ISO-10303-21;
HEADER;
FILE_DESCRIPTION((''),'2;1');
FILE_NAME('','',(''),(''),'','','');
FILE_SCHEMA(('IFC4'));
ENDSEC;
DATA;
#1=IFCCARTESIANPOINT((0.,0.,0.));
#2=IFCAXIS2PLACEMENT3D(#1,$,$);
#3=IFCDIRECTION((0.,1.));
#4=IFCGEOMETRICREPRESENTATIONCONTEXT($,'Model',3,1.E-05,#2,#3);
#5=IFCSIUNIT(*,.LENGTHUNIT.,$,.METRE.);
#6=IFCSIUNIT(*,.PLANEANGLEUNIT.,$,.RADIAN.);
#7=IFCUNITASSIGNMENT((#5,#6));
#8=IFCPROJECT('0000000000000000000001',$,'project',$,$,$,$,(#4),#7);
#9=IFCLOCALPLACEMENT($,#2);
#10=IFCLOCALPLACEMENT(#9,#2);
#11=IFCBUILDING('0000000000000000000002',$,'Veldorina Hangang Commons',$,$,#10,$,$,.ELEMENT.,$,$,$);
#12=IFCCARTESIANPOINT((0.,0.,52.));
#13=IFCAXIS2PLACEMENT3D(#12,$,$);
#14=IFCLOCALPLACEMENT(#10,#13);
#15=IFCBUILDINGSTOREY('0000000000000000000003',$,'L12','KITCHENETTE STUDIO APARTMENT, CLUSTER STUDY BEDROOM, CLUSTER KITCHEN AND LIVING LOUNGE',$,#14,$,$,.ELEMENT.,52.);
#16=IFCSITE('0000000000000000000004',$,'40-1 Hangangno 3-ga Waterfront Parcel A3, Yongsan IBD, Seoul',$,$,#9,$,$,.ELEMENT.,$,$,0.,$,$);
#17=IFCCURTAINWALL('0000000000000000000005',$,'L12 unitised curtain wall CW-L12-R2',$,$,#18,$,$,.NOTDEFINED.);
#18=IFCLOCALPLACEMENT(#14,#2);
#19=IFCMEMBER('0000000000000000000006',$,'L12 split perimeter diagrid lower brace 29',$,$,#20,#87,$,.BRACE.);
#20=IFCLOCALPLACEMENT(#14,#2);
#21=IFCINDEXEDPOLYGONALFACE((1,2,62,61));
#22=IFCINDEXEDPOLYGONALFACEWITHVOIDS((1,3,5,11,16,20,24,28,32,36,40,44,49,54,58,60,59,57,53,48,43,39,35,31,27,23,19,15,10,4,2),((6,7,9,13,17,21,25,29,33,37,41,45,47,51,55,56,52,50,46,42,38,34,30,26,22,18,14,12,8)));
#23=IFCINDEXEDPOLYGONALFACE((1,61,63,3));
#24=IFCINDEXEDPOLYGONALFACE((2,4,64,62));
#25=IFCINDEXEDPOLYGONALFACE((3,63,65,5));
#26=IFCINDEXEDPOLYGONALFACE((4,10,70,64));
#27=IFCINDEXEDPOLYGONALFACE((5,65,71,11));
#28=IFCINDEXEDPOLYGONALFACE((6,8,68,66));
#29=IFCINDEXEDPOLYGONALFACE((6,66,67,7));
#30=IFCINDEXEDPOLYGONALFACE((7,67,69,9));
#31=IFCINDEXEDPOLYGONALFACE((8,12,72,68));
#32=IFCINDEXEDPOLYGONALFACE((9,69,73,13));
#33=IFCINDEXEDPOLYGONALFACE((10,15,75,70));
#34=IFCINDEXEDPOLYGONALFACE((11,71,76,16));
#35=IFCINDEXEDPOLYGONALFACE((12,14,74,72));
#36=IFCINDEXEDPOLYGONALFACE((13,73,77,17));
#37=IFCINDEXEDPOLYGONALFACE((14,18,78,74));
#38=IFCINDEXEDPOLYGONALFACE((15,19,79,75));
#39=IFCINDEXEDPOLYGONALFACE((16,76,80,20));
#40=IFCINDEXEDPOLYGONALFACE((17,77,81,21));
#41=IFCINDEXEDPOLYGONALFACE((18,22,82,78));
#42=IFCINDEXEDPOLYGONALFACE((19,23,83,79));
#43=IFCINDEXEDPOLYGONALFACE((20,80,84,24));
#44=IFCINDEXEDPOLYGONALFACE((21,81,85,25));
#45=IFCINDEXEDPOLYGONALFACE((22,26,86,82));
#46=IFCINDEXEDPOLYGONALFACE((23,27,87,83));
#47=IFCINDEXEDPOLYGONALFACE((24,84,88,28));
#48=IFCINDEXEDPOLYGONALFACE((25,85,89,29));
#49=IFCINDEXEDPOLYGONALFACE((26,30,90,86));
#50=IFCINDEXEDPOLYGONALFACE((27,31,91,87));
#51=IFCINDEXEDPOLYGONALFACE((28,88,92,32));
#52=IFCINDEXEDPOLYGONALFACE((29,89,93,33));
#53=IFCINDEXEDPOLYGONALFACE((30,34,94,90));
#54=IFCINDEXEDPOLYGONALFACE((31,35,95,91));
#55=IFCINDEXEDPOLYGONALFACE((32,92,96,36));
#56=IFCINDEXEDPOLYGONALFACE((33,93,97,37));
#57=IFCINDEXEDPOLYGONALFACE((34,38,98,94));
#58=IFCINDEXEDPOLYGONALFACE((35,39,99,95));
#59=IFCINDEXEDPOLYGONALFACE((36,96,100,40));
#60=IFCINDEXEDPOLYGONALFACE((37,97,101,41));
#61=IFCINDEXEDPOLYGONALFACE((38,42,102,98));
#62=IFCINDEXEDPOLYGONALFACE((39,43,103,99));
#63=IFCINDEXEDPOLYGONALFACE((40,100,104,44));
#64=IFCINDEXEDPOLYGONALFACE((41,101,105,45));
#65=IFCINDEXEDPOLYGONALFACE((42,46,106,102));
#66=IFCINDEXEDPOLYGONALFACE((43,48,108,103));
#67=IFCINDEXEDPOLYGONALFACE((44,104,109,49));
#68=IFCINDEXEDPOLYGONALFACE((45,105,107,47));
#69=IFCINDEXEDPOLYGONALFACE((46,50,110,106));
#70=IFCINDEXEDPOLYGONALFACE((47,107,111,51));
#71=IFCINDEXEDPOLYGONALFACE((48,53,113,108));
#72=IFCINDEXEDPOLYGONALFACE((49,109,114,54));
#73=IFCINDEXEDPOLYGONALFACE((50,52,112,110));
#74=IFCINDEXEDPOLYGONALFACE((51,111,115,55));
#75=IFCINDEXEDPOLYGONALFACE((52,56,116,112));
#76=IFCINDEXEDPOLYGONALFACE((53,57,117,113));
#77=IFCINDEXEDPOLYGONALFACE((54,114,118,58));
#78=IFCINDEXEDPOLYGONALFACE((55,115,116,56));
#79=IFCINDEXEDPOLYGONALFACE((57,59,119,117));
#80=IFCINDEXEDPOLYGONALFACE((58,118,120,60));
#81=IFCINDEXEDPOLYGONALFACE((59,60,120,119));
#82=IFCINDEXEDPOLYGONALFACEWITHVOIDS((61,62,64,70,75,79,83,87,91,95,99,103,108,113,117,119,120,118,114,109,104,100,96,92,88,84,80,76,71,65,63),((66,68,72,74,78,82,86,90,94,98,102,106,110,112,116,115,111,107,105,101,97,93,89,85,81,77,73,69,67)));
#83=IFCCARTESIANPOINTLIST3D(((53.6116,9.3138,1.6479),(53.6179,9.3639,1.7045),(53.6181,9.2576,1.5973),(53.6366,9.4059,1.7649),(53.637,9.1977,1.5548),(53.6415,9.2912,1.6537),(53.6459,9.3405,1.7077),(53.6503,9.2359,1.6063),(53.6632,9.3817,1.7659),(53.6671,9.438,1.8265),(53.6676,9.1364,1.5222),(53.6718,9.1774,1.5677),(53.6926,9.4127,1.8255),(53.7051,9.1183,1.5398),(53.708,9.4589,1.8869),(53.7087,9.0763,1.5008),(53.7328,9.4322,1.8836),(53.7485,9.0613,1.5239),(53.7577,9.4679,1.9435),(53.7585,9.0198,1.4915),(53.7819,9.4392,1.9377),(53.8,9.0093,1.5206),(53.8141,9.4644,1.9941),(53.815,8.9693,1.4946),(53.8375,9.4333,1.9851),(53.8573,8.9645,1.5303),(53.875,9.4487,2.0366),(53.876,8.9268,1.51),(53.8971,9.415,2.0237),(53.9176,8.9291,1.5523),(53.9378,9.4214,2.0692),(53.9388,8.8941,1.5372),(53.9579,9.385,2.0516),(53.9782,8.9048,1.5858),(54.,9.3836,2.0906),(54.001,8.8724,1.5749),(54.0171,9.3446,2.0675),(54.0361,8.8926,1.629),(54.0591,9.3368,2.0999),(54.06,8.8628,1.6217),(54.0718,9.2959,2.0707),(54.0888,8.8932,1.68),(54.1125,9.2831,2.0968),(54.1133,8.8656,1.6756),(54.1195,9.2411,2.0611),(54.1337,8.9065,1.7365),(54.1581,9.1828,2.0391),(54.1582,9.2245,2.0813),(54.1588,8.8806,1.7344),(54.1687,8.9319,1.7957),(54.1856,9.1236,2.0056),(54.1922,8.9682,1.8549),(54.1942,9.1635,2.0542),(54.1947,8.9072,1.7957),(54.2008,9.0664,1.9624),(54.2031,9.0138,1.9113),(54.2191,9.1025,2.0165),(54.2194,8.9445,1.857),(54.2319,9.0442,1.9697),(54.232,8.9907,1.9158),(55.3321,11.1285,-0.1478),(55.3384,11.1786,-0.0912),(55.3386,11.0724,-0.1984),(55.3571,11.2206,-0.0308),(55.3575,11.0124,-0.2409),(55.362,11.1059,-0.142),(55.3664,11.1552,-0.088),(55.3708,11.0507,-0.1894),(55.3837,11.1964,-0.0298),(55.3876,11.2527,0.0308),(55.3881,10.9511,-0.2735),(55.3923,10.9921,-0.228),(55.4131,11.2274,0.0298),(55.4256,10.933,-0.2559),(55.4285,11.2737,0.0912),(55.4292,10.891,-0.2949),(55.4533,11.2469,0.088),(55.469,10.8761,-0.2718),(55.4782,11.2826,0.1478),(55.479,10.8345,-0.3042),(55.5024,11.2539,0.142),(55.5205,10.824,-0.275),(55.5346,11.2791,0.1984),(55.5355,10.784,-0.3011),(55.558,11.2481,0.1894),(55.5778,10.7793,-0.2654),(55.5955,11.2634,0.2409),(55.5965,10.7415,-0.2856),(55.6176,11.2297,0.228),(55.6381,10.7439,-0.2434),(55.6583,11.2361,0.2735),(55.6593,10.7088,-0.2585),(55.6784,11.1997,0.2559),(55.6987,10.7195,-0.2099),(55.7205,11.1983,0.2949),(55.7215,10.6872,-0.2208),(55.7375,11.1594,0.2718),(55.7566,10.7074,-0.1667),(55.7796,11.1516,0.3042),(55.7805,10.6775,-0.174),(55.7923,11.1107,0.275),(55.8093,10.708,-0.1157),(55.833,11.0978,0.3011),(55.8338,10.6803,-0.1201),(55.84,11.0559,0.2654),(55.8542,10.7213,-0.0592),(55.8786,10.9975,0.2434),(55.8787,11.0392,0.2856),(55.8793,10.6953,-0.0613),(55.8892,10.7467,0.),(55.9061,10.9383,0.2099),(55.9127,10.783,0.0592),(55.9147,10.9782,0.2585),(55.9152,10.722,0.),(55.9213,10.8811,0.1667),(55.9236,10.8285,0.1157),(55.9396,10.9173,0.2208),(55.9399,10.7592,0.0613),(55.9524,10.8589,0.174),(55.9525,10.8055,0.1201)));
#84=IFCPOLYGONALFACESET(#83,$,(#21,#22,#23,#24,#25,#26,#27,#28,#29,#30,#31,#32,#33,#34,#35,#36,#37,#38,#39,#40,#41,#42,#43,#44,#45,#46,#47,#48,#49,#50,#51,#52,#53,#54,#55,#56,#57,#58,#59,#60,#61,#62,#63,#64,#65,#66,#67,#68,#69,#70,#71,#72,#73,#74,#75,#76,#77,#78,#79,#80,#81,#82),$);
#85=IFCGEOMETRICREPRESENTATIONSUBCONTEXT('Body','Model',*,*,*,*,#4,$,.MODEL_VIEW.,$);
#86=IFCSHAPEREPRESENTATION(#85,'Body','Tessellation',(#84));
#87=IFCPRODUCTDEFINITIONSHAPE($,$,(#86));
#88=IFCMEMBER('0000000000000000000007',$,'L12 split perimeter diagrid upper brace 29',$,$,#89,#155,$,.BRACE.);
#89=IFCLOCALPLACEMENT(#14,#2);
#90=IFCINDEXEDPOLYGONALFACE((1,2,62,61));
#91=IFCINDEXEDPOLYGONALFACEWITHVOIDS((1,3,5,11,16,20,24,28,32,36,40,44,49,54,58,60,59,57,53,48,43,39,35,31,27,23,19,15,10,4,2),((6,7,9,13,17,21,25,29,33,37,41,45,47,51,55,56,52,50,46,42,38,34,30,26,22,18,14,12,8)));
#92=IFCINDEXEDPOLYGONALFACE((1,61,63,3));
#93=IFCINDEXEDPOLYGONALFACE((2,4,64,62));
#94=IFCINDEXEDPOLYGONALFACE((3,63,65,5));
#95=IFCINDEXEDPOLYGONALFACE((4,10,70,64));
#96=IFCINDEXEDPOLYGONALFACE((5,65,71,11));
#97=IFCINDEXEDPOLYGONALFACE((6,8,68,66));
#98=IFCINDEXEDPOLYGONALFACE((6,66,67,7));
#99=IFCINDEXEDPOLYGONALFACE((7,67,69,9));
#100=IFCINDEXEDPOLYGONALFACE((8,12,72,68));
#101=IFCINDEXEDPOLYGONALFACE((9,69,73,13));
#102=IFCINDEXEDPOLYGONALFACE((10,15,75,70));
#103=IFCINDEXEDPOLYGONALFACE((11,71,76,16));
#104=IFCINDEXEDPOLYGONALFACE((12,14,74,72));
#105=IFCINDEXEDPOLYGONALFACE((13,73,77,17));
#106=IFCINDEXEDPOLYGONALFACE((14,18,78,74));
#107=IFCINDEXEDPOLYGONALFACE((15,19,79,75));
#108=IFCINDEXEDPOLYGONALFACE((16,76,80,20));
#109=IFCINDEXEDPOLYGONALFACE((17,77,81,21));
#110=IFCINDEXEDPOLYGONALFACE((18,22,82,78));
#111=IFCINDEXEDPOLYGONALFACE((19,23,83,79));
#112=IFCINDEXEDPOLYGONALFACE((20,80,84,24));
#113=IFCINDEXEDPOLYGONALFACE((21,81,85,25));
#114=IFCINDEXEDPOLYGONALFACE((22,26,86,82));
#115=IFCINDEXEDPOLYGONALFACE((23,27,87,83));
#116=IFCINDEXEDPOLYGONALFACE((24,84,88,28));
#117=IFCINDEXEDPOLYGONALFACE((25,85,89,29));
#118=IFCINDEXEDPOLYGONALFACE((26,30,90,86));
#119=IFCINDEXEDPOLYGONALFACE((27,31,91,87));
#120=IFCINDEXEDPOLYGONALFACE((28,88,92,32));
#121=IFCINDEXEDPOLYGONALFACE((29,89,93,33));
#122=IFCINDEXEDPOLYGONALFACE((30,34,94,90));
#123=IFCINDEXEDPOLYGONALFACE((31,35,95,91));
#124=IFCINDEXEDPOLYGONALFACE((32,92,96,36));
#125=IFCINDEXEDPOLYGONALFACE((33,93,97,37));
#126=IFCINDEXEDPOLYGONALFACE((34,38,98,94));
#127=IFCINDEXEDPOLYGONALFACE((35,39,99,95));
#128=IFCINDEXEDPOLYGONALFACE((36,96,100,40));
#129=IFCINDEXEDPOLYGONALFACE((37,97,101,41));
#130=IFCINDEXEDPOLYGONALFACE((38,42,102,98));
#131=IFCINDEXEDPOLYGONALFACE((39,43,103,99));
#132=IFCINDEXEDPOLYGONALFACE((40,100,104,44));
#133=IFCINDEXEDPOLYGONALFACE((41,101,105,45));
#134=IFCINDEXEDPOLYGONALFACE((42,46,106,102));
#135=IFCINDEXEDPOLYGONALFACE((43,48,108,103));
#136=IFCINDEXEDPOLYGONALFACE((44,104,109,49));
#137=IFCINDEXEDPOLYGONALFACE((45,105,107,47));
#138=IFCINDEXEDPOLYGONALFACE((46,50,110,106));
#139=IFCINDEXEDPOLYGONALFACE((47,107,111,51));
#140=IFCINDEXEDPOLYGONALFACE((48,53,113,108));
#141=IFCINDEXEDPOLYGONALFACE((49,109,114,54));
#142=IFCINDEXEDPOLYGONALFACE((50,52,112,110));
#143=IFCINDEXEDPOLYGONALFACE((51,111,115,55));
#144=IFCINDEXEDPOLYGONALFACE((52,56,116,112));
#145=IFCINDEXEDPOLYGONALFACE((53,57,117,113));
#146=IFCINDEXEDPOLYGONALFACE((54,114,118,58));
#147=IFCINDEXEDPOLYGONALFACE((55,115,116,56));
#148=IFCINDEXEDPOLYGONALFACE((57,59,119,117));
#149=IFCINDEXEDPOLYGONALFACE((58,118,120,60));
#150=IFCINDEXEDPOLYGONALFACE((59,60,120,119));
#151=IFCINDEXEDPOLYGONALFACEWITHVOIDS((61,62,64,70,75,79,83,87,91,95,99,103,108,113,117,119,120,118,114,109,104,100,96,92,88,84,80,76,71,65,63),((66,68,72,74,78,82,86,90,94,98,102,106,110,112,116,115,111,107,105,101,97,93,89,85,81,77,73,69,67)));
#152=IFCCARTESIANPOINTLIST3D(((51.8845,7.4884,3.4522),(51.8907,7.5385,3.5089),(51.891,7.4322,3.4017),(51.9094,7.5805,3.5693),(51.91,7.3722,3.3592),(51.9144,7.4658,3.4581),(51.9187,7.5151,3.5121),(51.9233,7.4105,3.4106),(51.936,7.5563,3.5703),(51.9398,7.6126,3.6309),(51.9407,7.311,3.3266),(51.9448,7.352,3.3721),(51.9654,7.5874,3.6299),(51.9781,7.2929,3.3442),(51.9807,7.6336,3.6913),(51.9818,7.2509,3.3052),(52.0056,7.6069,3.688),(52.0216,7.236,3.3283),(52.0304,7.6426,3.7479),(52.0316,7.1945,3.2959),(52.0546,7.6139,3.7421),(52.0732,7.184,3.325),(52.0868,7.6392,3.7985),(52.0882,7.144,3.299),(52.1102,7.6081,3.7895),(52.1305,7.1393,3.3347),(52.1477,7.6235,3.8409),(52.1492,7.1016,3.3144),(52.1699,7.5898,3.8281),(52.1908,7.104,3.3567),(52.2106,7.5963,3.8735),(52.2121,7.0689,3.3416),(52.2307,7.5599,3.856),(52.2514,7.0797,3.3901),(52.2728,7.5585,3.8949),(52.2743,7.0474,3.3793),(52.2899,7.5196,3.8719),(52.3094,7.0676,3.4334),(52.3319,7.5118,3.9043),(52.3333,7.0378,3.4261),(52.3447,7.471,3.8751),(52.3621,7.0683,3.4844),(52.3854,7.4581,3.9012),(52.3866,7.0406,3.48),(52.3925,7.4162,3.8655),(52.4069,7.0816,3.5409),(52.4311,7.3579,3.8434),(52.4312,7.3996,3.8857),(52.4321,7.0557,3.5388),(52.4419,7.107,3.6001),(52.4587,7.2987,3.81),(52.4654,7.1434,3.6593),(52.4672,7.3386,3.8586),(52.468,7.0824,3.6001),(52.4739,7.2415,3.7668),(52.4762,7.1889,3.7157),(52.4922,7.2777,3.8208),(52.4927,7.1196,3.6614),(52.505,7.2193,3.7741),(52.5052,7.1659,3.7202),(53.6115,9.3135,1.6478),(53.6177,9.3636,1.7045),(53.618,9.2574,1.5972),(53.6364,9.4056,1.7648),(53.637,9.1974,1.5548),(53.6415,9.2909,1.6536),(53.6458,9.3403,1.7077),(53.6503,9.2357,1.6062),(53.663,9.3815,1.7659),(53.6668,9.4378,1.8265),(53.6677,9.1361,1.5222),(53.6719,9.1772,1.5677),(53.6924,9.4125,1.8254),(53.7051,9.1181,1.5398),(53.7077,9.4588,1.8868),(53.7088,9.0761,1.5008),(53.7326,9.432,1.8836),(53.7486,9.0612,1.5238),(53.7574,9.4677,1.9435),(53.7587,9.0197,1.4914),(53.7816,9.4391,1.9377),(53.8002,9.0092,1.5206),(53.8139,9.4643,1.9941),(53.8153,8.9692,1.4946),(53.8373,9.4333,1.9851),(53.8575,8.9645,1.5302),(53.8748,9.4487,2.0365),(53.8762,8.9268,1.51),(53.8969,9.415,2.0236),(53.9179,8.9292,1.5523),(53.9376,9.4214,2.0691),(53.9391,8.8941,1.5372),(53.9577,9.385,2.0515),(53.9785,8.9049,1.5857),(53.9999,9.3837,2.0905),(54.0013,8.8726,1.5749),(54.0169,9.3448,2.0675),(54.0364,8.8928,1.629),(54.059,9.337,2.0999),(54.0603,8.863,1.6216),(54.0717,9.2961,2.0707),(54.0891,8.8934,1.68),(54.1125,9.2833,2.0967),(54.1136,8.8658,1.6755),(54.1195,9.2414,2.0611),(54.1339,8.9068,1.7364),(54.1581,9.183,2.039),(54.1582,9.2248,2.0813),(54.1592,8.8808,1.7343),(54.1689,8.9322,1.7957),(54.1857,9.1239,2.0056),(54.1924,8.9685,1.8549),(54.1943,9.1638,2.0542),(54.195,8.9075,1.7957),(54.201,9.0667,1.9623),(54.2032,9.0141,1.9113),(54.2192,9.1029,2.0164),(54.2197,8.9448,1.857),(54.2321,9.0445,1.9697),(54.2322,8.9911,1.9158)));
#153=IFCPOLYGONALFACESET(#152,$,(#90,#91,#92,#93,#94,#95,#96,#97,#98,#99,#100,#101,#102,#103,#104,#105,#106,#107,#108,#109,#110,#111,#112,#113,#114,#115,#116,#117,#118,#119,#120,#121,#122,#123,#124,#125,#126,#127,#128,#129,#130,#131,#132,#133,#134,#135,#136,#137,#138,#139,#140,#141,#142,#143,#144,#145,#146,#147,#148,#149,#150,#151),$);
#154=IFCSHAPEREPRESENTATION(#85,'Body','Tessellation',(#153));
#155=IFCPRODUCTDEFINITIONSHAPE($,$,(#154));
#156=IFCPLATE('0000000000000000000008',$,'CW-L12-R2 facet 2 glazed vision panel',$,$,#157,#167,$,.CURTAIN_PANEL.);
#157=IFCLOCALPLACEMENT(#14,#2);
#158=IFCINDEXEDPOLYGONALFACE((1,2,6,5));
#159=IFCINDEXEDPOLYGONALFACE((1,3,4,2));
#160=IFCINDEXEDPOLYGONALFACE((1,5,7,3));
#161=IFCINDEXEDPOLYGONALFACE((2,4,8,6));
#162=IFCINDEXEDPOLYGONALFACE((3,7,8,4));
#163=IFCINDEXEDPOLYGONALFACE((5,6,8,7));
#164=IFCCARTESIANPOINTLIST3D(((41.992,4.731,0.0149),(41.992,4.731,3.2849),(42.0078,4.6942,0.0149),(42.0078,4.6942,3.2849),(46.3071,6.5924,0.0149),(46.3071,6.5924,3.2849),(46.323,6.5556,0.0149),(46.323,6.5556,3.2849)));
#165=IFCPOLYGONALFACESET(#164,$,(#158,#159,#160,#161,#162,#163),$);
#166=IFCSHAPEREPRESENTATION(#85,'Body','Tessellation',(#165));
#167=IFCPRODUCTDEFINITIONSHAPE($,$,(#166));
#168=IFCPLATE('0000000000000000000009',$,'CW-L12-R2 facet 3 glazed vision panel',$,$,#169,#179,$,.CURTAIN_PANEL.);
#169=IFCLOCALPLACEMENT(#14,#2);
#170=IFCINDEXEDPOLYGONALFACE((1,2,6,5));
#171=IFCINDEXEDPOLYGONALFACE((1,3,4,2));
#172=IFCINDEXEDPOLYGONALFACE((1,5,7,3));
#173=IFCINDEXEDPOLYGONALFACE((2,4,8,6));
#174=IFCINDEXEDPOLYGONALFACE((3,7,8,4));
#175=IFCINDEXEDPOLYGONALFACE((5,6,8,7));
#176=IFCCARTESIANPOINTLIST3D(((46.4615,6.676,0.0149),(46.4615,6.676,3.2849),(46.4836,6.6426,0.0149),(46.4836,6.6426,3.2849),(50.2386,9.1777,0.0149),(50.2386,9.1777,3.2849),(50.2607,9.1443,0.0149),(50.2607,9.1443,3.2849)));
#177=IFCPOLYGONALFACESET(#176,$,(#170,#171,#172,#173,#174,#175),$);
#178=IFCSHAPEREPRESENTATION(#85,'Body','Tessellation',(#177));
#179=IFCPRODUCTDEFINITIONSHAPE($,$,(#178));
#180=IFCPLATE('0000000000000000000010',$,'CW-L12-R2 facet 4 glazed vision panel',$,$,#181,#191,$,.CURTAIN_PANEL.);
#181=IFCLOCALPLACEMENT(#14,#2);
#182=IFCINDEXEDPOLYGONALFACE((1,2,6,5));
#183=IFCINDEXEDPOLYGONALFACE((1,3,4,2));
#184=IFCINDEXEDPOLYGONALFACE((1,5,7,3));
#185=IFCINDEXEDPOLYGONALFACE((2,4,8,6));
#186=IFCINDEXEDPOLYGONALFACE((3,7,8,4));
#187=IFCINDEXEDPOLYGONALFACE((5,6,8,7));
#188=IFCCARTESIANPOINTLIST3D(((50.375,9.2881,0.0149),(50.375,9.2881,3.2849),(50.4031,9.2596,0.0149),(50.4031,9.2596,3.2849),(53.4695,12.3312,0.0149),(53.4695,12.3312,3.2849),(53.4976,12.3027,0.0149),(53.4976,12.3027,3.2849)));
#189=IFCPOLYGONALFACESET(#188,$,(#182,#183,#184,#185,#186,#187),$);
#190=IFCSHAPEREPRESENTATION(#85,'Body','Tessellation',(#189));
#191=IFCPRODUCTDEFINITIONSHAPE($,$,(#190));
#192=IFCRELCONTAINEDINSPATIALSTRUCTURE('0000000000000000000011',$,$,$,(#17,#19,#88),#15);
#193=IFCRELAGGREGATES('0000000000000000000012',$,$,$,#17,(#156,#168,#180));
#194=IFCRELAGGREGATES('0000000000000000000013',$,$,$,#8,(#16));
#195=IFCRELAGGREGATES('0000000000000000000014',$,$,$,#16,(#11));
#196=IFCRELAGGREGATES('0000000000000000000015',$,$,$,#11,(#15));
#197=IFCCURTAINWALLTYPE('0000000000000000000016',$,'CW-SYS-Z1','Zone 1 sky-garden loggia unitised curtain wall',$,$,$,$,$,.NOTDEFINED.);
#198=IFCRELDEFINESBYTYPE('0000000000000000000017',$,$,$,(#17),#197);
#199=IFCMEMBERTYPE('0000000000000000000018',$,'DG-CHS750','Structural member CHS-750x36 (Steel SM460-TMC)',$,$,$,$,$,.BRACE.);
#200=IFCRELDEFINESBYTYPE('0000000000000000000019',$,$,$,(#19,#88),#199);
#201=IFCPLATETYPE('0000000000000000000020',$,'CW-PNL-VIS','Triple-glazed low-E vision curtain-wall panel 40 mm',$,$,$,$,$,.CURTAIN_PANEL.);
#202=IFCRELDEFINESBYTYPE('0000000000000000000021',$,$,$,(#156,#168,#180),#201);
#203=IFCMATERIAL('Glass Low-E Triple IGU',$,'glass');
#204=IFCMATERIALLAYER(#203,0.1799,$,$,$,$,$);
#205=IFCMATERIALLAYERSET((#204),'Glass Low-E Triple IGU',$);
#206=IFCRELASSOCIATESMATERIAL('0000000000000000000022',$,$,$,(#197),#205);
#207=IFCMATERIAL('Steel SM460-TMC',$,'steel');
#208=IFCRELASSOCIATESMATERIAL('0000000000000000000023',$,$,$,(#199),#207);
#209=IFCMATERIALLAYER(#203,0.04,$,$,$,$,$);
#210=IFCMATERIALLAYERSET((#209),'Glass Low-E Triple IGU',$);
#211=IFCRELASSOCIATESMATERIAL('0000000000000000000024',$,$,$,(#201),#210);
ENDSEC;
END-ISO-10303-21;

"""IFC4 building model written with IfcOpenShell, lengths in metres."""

from ifc_helpers import new_model, si_unit, direction, frame, origin, origin_2d, place, context, subcontext, project, spatial, rectangle, hollow_circle, extrude, material, layer, layer_set, material_profile, profile_set, type_object, element, aggregate, save


model = new_model("IFC4")

# Units and contexts
model_context = context("Model", 3, precision=1e-05, world=origin(), true_north=direction((0.0, 1.0)))
body_context = subcontext(model_context, "Body", "Model", "MODEL_VIEW")
ifc_project = project(units=[si_unit("LENGTHUNIT", "METRE"), si_unit("PLANEANGLEUNIT", "RADIAN")], contexts=[model_context])

# Site, building, storey
site_placement = place(None, origin())
site = spatial("IfcSite", under=ifc_project, at=site_placement, Name="40-1 Hangangno 3-ga Waterfront Parcel A3, Yongsan IBD, Seoul", CompositionType="ELEMENT", RefElevation=0.0)
building_placement = place(site_placement, origin())
building = spatial("IfcBuilding", under=site, at=building_placement, Name="Veldorina Hangang Commons", CompositionType="ELEMENT")
storey_placement = place(building_placement, frame((0.0, 0.0, 52.0)))
storey = spatial("IfcBuildingStorey", under=building, at=storey_placement, Name="L12", Description="KITCHENETTE STUDIO APARTMENT, CLUSTER STUDY BEDROOM, CLUSTER KITCHEN AND LIVING LOUNGE", CompositionType="ELEMENT", Elevation=52.0)

# Shared definitions
ifc_material_1 = material(Name="Steel SM460-TMC", Category="steel")

# Curtain wall
ifc_material_2 = material(Name="Glass Low-E Triple IGU", Category="glass")
ifc_layer_1 = layer(ifc_material_2, 0.1799)
ifc_layer_set_1 = layer_set([ifc_layer_1], Name="Glass Low-E Triple IGU")
curtain_wall_type = type_object("IfcCurtainWallType", Name="CW-SYS-Z1", Description="Zone 1 sky-garden loggia unitised curtain wall", PredefinedType="NOTDEFINED", material=ifc_layer_set_1)
curtain_wall_placement = place(storey_placement, origin())
curtain_wall = element("IfcCurtainWall", 1, at=curtain_wall_placement, inside=storey, type_object=curtain_wall_type, Name="L12 unitised curtain wall CW-L12-R2", PredefinedType="NOTDEFINED")

# Members
ifc_material_profile_1 = material_profile(ifc_material_1, hollow_circle(Radius=0.375, WallThickness=0.0359, at=origin_2d()), Name="CHS-750x36")
ifc_profile_set_1 = profile_set([ifc_material_profile_1], Name="Steel SM460-TMC")
member_type_1 = type_object("IfcMemberType", Name="DG-CHS750", Description="Structural member CHS-750x36 (Steel SM460-TMC)", PredefinedType="BRACE", material=ifc_profile_set_1)
member_1_placement = place(storey_placement, frame((55.6431, 10.98, 0.0), z_axis=(-0.558853, -0.589465, 0.583279), x_axis=(0.725699, -0.688013, 0.0)))
element("IfcMember", 2, at=member_1_placement, inside=storey, type_object=member_type_1, Name="L12 split perimeter diagrid lower brace 29", PredefinedType="BRACE", context=body_context, shape_type="SweptSolid", body=[
    extrude(hollow_circle(Radius=0.375, WallThickness=0.0359, at=origin_2d()), origin(), (0.0, 0.0, 1.0), 3.0786),
])
member_2_placement = place(storey_placement, frame((53.9226, 9.1653, 1.7957), z_axis=(-0.558275, -0.59, 0.583292), x_axis=(0.726366, -0.687308, 0.0)))
element("IfcMember", 3, at=member_2_placement, inside=storey, type_object=member_type_1, Name="L12 split perimeter diagrid upper brace 29", PredefinedType="BRACE", context=body_context, shape_type="SweptSolid", body=[
    extrude(hollow_circle(Radius=0.375, WallThickness=0.0359, at=origin_2d()), origin(), (0.0, 0.0, 1.0), 3.0935),
])

# Plates
ifc_layer_2 = layer(ifc_material_2, 0.04)
ifc_layer_set_2 = layer_set([ifc_layer_2], Name="Glass Low-E Triple IGU")
plate_type_1 = type_object("IfcPlateType", Name="CW-PNL-VIS", Description="Triple-glazed low-E vision curtain-wall panel 40 mm", PredefinedType="CURTAIN_PANEL", material=ifc_layer_set_2)
plate_1_placement = place(storey_placement, frame((44.1575, 5.6433, 0.0149), z_axis=(0.0, 0.0, 1.0), x_axis=(0.918211, 0.39609, 0.0)))
plate_1 = element("IfcPlate", 4, at=plate_1_placement, type_object=plate_type_1, Name="CW-L12-R2 facet 2 glazed vision panel", PredefinedType="CURTAIN_PANEL", context=body_context, shape_type="SweptSolid", body=[
    extrude(rectangle(XDim=4.6995, YDim=0.04, at=origin_2d()), origin(), (0.0, 0.0, 1.0), 3.27),
])
plate_2_placement = place(storey_placement, frame((48.3611, 7.9102, 0.0149), z_axis=(0.0, 0.0, 1.0), x_axis=(0.833712, 0.552199, 0.0)))
plate_2 = element("IfcPlate", 5, at=plate_2_placement, type_object=plate_type_1, Name="CW-L12-R2 facet 3 glazed vision panel", PredefinedType="CURTAIN_PANEL", context=body_context, shape_type="SweptSolid", body=[
    extrude(rectangle(XDim=4.5305, YDim=0.04, at=origin_2d()), origin(), (0.0, 0.0, 1.0), 3.27),
])
plate_3_placement = place(storey_placement, frame((51.9363, 10.7954, 0.0149), z_axis=(0.0, 0.0, 1.0), x_axis=(0.713006, 0.701158, 0.0)))
plate_3 = element("IfcPlate", 6, at=plate_3_placement, type_object=plate_type_1, Name="CW-L12-R2 facet 4 glazed vision panel", PredefinedType="CURTAIN_PANEL", context=body_context, shape_type="SweptSolid", body=[
    extrude(rectangle(XDim=4.3401, YDim=0.04, at=origin_2d()), origin(), (0.0, 0.0, 1.0), 3.27),
])
aggregate(curtain_wall, [plate_1, plate_2, plate_3])

save(model, "model.ifc")
